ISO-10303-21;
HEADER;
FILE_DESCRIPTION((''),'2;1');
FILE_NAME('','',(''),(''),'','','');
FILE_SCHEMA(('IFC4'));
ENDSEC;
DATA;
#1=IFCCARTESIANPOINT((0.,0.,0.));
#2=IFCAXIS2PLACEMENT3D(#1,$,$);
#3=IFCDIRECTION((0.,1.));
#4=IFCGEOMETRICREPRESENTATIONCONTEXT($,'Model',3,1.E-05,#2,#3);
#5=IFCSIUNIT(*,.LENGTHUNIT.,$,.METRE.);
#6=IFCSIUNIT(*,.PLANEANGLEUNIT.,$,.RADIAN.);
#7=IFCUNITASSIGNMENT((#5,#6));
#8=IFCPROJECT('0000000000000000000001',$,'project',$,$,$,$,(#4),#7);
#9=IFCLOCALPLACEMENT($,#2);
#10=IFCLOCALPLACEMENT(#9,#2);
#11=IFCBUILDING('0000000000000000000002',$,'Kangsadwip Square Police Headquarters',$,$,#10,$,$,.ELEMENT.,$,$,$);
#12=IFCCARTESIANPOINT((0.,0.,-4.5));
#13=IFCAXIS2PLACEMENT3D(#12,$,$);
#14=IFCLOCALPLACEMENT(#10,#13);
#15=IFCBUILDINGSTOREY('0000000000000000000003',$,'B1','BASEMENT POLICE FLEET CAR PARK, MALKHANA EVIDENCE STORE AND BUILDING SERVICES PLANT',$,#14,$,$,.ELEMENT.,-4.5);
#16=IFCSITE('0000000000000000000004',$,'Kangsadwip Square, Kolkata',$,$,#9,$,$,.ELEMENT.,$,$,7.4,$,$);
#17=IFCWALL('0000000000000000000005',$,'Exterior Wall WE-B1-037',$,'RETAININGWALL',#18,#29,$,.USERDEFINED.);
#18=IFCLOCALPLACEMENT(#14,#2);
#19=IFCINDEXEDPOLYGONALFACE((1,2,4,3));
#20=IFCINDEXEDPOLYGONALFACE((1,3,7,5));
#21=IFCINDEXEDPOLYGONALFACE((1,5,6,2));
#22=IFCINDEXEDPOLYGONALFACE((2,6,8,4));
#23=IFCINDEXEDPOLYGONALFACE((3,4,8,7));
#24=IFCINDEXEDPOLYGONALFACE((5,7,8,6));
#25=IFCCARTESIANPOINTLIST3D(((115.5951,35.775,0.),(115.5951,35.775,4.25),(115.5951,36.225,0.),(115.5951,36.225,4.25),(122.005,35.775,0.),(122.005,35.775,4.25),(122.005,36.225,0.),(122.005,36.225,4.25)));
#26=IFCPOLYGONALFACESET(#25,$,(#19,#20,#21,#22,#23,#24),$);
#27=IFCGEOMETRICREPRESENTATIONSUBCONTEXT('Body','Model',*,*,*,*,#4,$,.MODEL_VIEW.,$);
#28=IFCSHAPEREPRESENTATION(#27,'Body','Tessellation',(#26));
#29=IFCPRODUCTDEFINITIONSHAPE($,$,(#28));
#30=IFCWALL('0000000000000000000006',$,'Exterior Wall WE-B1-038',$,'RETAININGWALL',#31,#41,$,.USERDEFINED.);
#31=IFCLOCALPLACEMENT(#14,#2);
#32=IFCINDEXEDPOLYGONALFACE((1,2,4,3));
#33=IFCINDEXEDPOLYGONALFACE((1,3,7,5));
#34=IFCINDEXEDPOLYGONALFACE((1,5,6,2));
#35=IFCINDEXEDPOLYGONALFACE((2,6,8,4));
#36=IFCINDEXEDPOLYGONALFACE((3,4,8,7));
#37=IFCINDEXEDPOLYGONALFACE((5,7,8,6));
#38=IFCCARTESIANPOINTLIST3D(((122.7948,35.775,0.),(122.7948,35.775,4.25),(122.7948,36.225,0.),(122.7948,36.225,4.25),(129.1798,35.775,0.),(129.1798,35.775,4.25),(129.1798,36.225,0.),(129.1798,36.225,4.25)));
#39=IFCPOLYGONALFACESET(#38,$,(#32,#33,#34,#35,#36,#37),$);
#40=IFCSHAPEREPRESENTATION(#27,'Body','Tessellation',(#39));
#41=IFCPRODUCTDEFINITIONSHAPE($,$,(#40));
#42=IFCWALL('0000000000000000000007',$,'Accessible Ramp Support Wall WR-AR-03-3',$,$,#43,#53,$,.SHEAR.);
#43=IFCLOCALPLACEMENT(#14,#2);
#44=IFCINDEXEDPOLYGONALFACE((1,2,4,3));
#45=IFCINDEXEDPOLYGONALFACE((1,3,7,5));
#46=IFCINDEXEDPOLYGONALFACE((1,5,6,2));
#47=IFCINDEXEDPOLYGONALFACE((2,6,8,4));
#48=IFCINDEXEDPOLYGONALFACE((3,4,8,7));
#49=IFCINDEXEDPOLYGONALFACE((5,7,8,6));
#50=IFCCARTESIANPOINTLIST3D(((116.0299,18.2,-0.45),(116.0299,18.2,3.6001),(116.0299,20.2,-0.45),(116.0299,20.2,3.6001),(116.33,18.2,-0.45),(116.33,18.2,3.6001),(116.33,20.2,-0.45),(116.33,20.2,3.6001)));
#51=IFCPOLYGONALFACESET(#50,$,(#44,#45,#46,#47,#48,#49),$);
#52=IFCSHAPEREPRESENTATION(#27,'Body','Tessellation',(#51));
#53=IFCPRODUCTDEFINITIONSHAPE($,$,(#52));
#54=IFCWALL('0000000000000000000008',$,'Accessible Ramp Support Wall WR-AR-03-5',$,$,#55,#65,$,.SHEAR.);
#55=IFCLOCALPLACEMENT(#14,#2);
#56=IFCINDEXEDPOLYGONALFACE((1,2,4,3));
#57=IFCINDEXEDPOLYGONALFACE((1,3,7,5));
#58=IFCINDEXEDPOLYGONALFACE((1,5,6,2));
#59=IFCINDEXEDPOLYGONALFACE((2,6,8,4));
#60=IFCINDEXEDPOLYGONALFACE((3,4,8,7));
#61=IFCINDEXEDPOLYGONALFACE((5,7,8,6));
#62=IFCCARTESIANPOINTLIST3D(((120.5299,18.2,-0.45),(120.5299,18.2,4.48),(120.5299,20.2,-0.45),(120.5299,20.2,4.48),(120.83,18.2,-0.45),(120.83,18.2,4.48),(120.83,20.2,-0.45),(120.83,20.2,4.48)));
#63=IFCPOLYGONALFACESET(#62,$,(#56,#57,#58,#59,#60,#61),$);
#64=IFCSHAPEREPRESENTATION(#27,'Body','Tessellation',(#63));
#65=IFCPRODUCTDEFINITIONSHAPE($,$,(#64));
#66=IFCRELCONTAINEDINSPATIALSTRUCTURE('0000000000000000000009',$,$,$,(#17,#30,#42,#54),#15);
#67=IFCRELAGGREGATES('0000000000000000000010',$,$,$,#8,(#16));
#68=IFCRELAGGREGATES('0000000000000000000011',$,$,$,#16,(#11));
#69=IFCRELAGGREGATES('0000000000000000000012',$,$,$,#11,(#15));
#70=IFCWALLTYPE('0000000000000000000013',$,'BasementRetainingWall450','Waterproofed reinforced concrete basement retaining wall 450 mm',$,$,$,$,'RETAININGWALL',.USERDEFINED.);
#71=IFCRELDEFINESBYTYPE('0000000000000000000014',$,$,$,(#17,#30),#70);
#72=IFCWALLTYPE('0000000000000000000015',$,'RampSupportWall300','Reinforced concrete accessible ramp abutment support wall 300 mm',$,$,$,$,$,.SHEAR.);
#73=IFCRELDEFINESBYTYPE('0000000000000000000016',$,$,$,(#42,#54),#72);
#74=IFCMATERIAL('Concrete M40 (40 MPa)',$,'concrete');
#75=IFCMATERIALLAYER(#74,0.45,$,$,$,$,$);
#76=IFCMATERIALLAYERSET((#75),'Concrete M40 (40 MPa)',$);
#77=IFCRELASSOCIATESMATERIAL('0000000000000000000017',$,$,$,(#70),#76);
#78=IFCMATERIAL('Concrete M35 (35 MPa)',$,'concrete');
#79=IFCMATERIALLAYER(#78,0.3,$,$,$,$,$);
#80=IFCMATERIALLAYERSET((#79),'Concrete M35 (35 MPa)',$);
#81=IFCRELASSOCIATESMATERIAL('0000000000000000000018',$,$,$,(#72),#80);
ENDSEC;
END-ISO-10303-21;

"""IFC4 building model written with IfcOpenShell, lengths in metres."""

from ifc_helpers import new_model, si_unit, direction, frame, frame_2d, origin, place, context, subcontext, project, spatial, rectangle, extrude, material, layer, layer_set, type_object, element, save


model = new_model("IFC4")

# Units and contexts
model_context = context("Model", 3, precision=1e-05, world=origin(), true_north=direction((0.0, 1.0)))
body_context = subcontext(model_context, "Body", "Model", "MODEL_VIEW")
ifc_project = project(units=[si_unit("LENGTHUNIT", "METRE"), si_unit("PLANEANGLEUNIT", "RADIAN")], contexts=[model_context])

# Site, building, storey
site_placement = place(None, origin())
site = spatial("IfcSite", under=ifc_project, at=site_placement, Name="Kangsadwip Square, Kolkata", CompositionType="ELEMENT", RefElevation=7.4)
building_placement = place(site_placement, origin())
building = spatial("IfcBuilding", under=site, at=building_placement, Name="Kangsadwip Square Police Headquarters", CompositionType="ELEMENT")
storey_placement = place(building_placement, frame((0.0, 0.0, -4.5)))
storey = spatial("IfcBuildingStorey", under=building, at=storey_placement, Name="B1", Description="BASEMENT POLICE FLEET CAR PARK, MALKHANA EVIDENCE STORE AND BUILDING SERVICES PLANT", CompositionType="ELEMENT", Elevation=-4.5)

# Walls
ifc_material_1 = material(Name="Concrete M40 (40 MPa)", Category="concrete")
ifc_layer_1 = layer(ifc_material_1, 0.45)
ifc_layer_set_1 = layer_set([ifc_layer_1], Name="Concrete M40 (40 MPa)")
wall_type_1 = type_object("IfcWallType", Name="BasementRetainingWall450", Description="Waterproofed reinforced concrete basement retaining wall 450 mm", ElementType="RETAININGWALL", PredefinedType="USERDEFINED", material=ifc_layer_set_1)
wall_1_placement = place(storey_placement, frame((115.595, 36.0, 0.0), z_axis=(0.0, 0.0, 1.0), x_axis=(1.0, 0.0, 0.0)))
element("IfcWall", 1, at=wall_1_placement, inside=storey, type_object=wall_type_1, Name="Exterior Wall WE-B1-037", ObjectType="RETAININGWALL", PredefinedType="USERDEFINED", context=body_context, shape_type="SweptSolid", body=[
    extrude(rectangle(XDim=6.4099, YDim=0.45, at=frame_2d((3.2051, 0.0))), origin(), (0.0, 0.0, 1.0), 4.25),
])
wall_2_placement = place(storey_placement, frame((122.7949, 36.0, 0.0), z_axis=(0.0, 0.0, 1.0), x_axis=(1.0, 0.0, 0.0)))
element("IfcWall", 2, at=wall_2_placement, inside=storey, type_object=wall_type_1, Name="Exterior Wall WE-B1-038", ObjectType="RETAININGWALL", PredefinedType="USERDEFINED", context=body_context, shape_type="SweptSolid", body=[
    extrude(rectangle(XDim=6.385, YDim=0.45, at=frame_2d((3.1924, 0.0))), origin(), (0.0, 0.0, 1.0), 4.25),
])
ifc_material_2 = material(Name="Concrete M35 (35 MPa)", Category="concrete")
ifc_layer_2 = layer(ifc_material_2, 0.3)
ifc_layer_set_2 = layer_set([ifc_layer_2], Name="Concrete M35 (35 MPa)")
wall_type_2 = type_object("IfcWallType", Name="RampSupportWall300", Description="Reinforced concrete accessible ramp abutment support wall 300 mm", PredefinedType="SHEAR", material=ifc_layer_set_2)
wall_3_placement = place(storey_placement, frame((116.1799, 18.2, -0.45), z_axis=(0.0, 0.0, 1.0), x_axis=(0.0, 1.0, 0.0)))
element("IfcWall", 3, at=wall_3_placement, inside=storey, type_object=wall_type_2, Name="Accessible Ramp Support Wall WR-AR-03-3", PredefinedType="SHEAR", context=body_context, shape_type="SweptSolid", body=[
    extrude(rectangle(XDim=2.0, YDim=0.3, at=frame_2d((1.0, 0.0))), origin(), (0.0, 0.0, 1.0), 4.05),
])
wall_4_placement = place(storey_placement, frame((120.6799, 18.2, -0.45), z_axis=(0.0, 0.0, 1.0), x_axis=(0.0, 1.0, 0.0)))
element("IfcWall", 4, at=wall_4_placement, inside=storey, type_object=wall_type_2, Name="Accessible Ramp Support Wall WR-AR-03-5", PredefinedType="SHEAR", context=body_context, shape_type="SweptSolid", body=[
    extrude(rectangle(XDim=2.0, YDim=0.3, at=frame_2d((1.0, 0.0))), origin(), (0.0, 0.0, 1.0), 4.9299),
])

save(model, "model.ifc")
